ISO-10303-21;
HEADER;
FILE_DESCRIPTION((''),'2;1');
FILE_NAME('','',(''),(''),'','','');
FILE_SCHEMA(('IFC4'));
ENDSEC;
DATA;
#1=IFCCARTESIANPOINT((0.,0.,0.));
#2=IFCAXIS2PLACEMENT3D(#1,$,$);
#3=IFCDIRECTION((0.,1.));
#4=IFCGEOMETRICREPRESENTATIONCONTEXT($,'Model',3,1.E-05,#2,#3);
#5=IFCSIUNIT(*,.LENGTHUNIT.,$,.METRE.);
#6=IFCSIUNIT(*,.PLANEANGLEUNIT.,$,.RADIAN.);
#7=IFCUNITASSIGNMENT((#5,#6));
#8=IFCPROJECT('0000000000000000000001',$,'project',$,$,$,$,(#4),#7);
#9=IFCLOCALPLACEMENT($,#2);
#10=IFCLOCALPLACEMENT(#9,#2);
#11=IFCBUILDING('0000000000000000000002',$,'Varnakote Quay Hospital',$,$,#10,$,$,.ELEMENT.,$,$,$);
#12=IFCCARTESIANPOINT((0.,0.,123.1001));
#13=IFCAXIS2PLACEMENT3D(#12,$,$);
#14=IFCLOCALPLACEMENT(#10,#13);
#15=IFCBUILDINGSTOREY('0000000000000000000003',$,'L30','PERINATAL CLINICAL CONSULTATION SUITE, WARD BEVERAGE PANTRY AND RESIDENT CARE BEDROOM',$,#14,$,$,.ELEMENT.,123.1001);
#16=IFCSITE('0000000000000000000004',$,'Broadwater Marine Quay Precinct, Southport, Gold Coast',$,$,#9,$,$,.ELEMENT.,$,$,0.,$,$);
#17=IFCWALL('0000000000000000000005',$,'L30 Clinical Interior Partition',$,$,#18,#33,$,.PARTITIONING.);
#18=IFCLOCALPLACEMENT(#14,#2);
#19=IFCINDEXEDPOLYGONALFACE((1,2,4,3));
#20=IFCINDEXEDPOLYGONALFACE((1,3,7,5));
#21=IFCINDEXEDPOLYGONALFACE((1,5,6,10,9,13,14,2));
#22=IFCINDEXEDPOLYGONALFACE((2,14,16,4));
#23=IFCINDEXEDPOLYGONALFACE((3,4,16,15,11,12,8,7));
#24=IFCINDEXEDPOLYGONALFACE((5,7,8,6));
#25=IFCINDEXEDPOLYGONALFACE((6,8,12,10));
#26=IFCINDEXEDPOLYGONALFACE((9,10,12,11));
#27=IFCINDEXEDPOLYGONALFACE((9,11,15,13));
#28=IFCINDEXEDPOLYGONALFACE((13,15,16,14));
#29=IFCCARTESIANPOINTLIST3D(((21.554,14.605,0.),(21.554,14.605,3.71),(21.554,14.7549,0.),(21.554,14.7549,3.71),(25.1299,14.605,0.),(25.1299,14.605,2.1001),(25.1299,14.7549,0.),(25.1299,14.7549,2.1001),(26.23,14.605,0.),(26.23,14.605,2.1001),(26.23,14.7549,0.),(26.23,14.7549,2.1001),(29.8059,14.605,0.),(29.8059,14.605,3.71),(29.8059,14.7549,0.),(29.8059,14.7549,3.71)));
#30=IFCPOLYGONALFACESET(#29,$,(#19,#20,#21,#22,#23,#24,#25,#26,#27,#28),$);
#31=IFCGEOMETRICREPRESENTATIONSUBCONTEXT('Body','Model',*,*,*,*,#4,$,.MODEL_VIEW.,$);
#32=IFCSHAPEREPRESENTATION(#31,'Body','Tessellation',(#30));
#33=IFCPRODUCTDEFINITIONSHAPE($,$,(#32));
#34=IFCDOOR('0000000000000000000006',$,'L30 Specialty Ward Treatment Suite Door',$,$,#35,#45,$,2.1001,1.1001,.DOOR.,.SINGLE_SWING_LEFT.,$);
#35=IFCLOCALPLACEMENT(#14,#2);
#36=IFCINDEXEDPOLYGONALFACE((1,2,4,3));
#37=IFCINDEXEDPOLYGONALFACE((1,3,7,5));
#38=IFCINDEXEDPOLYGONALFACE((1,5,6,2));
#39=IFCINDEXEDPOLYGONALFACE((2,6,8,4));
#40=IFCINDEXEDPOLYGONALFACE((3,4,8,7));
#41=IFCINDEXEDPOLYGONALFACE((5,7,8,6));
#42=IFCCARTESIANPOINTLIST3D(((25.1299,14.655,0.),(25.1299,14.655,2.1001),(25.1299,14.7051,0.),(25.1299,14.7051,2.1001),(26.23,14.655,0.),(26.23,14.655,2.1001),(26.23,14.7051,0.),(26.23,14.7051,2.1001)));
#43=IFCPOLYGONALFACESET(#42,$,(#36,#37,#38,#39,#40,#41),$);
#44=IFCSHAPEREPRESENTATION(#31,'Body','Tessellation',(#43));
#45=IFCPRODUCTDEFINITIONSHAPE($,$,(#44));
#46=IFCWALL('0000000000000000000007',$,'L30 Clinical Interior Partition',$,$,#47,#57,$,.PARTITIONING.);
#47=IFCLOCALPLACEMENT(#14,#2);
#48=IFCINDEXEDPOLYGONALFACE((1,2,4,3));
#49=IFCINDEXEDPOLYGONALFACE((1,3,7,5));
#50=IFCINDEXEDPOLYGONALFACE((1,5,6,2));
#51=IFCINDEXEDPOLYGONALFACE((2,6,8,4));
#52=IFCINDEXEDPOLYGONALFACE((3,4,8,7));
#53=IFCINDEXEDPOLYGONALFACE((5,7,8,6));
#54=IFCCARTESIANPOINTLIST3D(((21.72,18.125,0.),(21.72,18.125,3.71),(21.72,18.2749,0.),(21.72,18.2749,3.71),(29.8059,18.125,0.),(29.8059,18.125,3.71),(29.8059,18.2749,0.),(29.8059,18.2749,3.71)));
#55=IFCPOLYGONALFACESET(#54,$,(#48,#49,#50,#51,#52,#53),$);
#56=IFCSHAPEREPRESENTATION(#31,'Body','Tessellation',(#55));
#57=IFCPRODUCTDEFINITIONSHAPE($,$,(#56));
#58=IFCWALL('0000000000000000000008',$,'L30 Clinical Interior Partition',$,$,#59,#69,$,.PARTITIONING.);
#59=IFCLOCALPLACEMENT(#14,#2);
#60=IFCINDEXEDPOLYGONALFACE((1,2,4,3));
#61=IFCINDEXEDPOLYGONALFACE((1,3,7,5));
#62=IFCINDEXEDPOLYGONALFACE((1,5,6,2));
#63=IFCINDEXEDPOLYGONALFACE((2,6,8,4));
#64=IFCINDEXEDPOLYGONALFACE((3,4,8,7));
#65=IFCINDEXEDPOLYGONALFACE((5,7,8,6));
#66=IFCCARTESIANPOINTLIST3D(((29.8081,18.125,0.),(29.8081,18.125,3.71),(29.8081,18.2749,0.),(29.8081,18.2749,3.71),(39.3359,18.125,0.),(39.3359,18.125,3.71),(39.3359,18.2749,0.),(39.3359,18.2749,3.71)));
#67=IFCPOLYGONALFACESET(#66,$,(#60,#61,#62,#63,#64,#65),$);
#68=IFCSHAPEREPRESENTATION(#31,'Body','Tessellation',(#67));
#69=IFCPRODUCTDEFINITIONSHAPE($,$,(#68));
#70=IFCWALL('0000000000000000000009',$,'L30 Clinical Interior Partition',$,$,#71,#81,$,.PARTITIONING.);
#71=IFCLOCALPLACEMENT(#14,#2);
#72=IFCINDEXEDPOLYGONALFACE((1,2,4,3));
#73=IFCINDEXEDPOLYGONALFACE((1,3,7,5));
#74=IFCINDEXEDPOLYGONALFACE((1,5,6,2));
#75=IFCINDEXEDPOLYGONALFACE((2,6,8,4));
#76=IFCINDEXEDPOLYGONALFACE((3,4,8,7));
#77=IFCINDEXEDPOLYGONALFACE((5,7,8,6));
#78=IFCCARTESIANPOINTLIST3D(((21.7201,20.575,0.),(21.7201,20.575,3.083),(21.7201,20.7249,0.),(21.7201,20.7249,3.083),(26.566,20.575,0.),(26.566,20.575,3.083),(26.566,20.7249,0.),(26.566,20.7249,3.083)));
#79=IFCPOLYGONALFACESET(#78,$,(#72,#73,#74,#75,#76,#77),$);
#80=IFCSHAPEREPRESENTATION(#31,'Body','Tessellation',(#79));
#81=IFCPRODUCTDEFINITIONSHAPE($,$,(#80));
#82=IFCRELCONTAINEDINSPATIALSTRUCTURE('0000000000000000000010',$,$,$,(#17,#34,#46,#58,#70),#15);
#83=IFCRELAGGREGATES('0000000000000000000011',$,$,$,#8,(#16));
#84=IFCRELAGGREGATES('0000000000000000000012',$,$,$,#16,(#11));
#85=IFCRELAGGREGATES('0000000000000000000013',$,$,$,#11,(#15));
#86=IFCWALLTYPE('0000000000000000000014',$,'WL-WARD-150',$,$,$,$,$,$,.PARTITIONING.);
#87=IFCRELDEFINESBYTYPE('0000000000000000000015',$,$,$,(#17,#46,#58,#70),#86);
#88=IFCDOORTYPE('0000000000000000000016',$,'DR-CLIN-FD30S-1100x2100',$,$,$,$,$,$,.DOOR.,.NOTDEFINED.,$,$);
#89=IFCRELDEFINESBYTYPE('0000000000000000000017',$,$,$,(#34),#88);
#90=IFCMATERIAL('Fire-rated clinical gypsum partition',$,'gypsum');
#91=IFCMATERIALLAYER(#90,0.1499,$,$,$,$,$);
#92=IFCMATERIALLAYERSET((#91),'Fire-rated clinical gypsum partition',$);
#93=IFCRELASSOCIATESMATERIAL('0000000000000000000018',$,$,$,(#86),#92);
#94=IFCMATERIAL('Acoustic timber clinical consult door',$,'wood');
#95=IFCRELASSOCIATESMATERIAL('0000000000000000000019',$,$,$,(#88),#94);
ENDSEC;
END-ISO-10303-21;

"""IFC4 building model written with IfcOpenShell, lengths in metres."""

from ifc_helpers import new_model, si_unit, direction, frame, frame_2d, origin, place, context, subcontext, project, spatial, rectangle, extrude, material, layer, layer_set, type_object, element, fill, save


model = new_model("IFC4")

# Units and contexts
model_context = context("Model", 3, precision=1e-05, world=origin(), true_north=direction((0.0, 1.0)))
body_context = subcontext(model_context, "Body", "Model", "MODEL_VIEW")
ifc_project = project(units=[si_unit("LENGTHUNIT", "METRE"), si_unit("PLANEANGLEUNIT", "RADIAN")], contexts=[model_context])

# Site, building, storey
site_placement = place(None, origin())
site = spatial("IfcSite", under=ifc_project, at=site_placement, Name="Broadwater Marine Quay Precinct, Southport, Gold Coast", CompositionType="ELEMENT", RefElevation=0.0)
building_placement = place(site_placement, origin())
building = spatial("IfcBuilding", under=site, at=building_placement, Name="Varnakote Quay Hospital", CompositionType="ELEMENT")
storey_placement = place(building_placement, frame((0.0, 0.0, 123.1001)))
storey = spatial("IfcBuildingStorey", under=building, at=storey_placement, Name="L30", Description="PERINATAL CLINICAL CONSULTATION SUITE, WARD BEVERAGE PANTRY AND RESIDENT CARE BEDROOM", CompositionType="ELEMENT", Elevation=123.1001)

# Wall, opening, door
ifc_material_1 = material(Name="Fire-rated clinical gypsum partition", Category="gypsum")
ifc_layer_1 = layer(ifc_material_1, 0.1499)
ifc_layer_set_1 = layer_set([ifc_layer_1], Name="Fire-rated clinical gypsum partition")
wall_type_1 = type_object("IfcWallType", Name="WL-WARD-150", PredefinedType="PARTITIONING", material=ifc_layer_set_1)
wall_1_placement = place(storey_placement, frame((29.8059, 14.6799, 0.0), z_axis=(0.0, 0.0, 1.0), x_axis=(-1.0, 0.0, 0.0)))
wall_1 = element("IfcWall", 1, at=wall_1_placement, inside=storey, type_object=wall_type_1, Name="L30 Clinical Interior Partition", PredefinedType="PARTITIONING", context=body_context, shape_type="SweptSolid", body=[
    extrude(rectangle(XDim=8.252, YDim=0.1499, at=frame_2d((4.126, 0.0))), origin(), (0.0, 0.0, 1.0), 3.71),
])
opening_1_placement = place(wall_1_placement, frame((3.5759, 0.0, 0.0)))
opening_1 = element("IfcOpeningElement", 2, at=opening_1_placement, cuts=wall_1, PredefinedType="OPENING", context=body_context, shape_type="SweptSolid", body=[
    extrude(rectangle(XDim=1.1001, YDim=2.1001, at=frame_2d((0.55, 1.05))), frame((0.0, 0.085, 0.0), z_axis=(0.0, -1.0, 0.0), x_axis=(1.0, 0.0, 0.0)), (0.0, 0.0, 1.0), 0.1699),
])
ifc_material_2 = material(Name="Acoustic timber clinical consult door", Category="wood")
door_type_1 = type_object("IfcDoorType", Name="DR-CLIN-FD30S-1100x2100", OperationType="NOTDEFINED", PredefinedType="DOOR", material=ifc_material_2)
door_1_placement = place(opening_1_placement, origin())
door_1 = element("IfcDoor", 3, at=door_1_placement, inside=storey, type_object=door_type_1, Name="L30 Specialty Ward Treatment Suite Door", OperationType="SINGLE_SWING_LEFT", OverallHeight=2.1001, OverallWidth=1.1001, PredefinedType="DOOR", context=body_context, shape_type="SweptSolid", body=[
    extrude(rectangle(XDim=1.1001, YDim=2.1001, at=frame_2d((0.55, 1.05))), frame((0.0, 0.0249, 0.0), z_axis=(0.0, -1.0, 0.0), x_axis=(1.0, 0.0, 0.0)), (0.0, 0.0, 1.0), 0.05),
])
fill(opening_1, door_1)

# Walls
wall_2_placement = place(storey_placement, frame((21.72, 18.2, 0.0), z_axis=(0.0, 0.0, 1.0), x_axis=(1.0, 0.0, 0.0)))
element("IfcWall", 4, at=wall_2_placement, inside=storey, type_object=wall_type_1, Name="L30 Clinical Interior Partition", PredefinedType="PARTITIONING", context=body_context, shape_type="SweptSolid", body=[
    extrude(rectangle(XDim=8.0859, YDim=0.1499, at=frame_2d((4.043, 0.0))), origin(), (0.0, 0.0, 1.0), 3.71),
])
wall_3_placement = place(storey_placement, frame((29.8081, 18.2, 0.0), z_axis=(0.0, 0.0, 1.0), x_axis=(1.0, 0.0, 0.0)))
element("IfcWall", 5, at=wall_3_placement, inside=storey, type_object=wall_type_1, Name="L30 Clinical Interior Partition", PredefinedType="PARTITIONING", context=body_context, shape_type="SweptSolid", body=[
    extrude(rectangle(XDim=9.5278, YDim=0.1499, at=frame_2d((4.7639, 0.0))), origin(), (0.0, 0.0, 1.0), 3.71),
])
wall_4_placement = place(storey_placement, frame((26.5659, 20.6499, 0.0), z_axis=(0.0, 0.0, 1.0), x_axis=(-1.0, 0.0, 0.0)))
element("IfcWall", 6, at=wall_4_placement, inside=storey, type_object=wall_type_1, Name="L30 Clinical Interior Partition", PredefinedType="PARTITIONING", context=body_context, shape_type="SweptSolid", body=[
    extrude(rectangle(XDim=4.8459, YDim=0.1499, at=frame_2d((2.4229, 0.0))), origin(), (0.0, 0.0, 1.0), 3.083),
])

save(model, "model.ifc")
